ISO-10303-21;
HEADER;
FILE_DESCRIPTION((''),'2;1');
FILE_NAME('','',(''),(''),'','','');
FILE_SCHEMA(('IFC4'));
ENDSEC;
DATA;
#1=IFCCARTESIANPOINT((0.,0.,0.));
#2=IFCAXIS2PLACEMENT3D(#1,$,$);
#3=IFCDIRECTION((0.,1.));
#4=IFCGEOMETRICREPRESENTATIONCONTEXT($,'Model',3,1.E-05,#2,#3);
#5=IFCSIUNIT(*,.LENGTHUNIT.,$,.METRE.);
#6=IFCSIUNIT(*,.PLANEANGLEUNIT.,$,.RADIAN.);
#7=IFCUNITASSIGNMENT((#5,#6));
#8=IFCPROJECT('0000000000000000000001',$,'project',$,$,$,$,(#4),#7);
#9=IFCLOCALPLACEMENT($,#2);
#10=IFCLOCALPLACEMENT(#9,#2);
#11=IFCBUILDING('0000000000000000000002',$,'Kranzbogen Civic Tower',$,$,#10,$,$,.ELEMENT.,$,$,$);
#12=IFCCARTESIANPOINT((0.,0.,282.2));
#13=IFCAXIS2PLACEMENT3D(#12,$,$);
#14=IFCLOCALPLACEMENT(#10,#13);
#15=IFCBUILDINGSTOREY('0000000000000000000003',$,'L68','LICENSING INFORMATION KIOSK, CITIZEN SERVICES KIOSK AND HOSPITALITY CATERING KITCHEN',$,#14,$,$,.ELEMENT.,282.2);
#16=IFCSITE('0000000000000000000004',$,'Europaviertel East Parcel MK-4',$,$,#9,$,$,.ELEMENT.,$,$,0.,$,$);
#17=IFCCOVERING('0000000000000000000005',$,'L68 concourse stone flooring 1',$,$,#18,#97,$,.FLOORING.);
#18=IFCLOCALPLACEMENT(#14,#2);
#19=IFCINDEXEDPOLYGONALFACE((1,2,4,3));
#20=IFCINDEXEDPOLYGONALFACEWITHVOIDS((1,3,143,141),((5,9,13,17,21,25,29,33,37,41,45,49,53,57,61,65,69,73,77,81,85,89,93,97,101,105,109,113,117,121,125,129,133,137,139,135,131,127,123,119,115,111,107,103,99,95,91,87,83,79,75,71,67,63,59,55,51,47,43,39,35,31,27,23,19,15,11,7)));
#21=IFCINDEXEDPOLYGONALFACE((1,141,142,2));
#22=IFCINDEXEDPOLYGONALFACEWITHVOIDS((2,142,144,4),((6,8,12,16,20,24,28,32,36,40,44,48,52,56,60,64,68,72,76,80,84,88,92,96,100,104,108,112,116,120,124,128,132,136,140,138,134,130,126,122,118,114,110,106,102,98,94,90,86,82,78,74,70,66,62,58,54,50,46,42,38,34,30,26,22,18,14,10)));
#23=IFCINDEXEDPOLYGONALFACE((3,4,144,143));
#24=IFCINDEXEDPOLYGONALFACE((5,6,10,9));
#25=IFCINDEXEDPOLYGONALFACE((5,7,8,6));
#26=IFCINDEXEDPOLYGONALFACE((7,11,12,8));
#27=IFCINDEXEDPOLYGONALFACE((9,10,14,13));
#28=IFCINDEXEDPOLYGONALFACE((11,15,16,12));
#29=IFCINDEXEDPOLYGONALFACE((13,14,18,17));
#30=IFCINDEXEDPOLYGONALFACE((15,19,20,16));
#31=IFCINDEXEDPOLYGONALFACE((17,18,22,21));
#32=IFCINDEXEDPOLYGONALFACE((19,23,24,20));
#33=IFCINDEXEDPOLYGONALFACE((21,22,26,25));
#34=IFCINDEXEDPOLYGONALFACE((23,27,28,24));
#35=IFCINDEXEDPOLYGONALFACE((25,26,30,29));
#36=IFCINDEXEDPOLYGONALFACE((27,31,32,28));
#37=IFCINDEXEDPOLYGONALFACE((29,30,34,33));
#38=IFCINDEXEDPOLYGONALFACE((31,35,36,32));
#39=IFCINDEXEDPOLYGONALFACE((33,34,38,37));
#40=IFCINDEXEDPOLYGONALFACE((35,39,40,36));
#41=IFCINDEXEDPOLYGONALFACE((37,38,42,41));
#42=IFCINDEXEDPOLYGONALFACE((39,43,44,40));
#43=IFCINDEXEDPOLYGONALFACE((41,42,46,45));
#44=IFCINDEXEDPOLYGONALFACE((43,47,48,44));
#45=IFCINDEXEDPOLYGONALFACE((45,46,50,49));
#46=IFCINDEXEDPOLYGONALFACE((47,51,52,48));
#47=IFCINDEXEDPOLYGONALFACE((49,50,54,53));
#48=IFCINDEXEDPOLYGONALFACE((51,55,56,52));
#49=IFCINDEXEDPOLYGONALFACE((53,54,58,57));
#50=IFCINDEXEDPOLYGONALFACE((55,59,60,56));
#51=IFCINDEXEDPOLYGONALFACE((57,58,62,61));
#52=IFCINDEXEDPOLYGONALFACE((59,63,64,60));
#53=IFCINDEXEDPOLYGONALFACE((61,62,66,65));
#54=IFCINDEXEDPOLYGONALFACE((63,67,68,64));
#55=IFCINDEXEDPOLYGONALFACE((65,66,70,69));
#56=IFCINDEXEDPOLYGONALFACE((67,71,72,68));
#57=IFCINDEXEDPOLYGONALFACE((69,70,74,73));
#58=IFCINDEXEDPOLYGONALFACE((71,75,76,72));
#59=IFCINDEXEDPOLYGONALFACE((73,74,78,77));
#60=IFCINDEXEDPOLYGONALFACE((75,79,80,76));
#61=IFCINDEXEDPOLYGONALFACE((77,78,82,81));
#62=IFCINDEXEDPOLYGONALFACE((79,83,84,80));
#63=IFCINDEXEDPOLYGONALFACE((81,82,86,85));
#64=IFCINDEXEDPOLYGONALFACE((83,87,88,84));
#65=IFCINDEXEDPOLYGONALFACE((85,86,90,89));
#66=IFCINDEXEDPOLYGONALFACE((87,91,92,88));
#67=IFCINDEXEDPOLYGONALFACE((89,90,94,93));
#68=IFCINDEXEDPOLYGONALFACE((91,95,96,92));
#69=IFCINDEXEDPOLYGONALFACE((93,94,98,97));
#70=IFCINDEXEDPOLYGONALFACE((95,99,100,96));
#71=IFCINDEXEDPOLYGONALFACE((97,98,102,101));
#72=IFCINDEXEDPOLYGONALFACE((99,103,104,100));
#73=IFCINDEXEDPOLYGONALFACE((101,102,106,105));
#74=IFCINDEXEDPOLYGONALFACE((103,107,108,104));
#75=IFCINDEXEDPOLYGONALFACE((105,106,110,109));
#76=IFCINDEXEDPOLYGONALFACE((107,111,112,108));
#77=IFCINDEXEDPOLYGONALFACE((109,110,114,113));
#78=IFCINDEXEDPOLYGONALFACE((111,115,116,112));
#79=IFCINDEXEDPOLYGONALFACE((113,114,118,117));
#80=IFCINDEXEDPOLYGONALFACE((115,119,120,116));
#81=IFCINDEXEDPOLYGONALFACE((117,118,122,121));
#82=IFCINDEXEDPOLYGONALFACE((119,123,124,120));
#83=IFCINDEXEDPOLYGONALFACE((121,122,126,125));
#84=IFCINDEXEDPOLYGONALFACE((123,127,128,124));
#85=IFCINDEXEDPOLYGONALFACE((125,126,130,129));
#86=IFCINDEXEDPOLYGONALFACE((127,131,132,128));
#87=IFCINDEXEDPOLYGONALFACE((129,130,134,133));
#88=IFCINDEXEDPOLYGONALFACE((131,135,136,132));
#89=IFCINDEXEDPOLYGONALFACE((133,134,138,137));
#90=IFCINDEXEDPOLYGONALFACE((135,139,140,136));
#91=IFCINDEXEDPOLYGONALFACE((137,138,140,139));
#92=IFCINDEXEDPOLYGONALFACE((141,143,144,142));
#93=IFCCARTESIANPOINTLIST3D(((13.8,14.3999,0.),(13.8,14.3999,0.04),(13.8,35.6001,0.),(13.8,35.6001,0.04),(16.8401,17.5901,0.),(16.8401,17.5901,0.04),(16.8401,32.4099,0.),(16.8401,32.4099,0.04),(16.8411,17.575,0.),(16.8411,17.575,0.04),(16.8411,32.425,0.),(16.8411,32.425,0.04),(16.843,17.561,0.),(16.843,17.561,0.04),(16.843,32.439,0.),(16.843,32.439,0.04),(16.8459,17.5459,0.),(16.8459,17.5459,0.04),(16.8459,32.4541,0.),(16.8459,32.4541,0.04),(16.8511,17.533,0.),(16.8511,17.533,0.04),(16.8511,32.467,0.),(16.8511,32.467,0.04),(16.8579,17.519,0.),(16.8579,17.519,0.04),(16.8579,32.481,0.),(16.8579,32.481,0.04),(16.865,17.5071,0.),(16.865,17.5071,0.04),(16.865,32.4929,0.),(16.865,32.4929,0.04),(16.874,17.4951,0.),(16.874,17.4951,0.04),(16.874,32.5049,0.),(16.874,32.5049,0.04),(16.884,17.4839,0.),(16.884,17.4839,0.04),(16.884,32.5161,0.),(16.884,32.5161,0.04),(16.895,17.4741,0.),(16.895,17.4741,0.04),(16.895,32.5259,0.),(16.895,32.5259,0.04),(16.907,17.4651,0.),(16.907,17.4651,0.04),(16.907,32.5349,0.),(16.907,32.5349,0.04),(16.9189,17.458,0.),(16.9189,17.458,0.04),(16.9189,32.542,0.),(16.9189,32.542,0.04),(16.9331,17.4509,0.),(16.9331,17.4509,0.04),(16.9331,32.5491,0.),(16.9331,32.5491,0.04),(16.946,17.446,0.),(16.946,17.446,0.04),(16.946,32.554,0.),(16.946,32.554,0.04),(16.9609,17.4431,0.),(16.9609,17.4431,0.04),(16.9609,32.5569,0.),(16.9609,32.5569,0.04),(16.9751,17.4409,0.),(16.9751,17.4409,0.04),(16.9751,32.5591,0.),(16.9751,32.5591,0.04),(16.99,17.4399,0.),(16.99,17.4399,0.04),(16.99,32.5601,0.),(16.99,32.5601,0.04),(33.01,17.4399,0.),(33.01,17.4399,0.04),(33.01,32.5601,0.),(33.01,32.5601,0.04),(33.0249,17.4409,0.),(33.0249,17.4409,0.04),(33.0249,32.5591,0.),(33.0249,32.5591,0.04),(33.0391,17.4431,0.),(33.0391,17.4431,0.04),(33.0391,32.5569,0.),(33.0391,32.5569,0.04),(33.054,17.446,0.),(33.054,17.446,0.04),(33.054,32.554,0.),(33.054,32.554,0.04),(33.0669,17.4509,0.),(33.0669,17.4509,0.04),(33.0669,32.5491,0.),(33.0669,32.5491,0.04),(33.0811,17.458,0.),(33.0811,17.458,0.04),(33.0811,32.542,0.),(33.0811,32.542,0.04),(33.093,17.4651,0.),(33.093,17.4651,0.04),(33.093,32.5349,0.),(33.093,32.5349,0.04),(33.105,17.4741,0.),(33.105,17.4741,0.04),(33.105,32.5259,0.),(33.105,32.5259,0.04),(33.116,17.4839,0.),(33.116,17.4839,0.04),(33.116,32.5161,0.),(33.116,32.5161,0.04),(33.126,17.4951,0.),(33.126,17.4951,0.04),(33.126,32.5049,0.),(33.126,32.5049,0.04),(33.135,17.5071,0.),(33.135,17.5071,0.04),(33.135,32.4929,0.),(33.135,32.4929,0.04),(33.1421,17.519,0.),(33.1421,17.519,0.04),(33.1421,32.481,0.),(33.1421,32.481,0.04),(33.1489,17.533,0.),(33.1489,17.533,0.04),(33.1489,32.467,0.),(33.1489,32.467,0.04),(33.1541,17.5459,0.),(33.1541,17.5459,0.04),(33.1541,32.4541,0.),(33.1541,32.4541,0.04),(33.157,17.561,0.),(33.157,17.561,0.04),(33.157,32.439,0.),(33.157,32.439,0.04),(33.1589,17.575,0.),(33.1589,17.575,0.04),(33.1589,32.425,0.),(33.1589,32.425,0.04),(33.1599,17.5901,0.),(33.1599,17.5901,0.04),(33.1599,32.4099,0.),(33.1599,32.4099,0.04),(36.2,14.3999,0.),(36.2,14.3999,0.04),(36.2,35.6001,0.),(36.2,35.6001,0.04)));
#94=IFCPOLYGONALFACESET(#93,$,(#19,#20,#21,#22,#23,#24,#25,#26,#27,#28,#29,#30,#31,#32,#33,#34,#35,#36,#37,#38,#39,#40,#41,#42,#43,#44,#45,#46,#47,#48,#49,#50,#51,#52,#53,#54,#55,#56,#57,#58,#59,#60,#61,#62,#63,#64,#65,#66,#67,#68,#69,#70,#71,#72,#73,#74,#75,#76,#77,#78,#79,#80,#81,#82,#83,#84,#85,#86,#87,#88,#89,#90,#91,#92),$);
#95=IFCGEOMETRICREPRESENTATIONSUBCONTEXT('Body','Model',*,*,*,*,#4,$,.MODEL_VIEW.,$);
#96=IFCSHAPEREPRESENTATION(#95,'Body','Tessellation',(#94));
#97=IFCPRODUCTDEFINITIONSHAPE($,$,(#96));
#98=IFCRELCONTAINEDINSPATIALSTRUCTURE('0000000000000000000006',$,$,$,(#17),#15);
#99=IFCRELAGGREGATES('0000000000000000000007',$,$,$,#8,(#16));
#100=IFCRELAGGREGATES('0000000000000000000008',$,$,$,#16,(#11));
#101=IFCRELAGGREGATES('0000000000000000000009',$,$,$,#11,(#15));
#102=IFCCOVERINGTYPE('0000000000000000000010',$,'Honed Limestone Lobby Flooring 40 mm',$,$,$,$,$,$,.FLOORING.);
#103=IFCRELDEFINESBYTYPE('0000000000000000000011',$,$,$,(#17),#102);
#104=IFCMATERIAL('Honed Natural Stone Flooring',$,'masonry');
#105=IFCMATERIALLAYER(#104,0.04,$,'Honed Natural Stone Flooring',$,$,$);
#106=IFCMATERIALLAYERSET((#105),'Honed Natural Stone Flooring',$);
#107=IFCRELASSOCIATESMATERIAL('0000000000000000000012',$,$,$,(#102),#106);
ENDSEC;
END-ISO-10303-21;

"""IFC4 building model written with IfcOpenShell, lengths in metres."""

from ifc_helpers import new_model, si_unit, direction, frame, origin, place, context, subcontext, project, spatial, polyline, outline, extrude, material, layer, layer_set, type_object, element, save


model = new_model("IFC4")

# Units and contexts
model_context = context("Model", 3, precision=1e-05, world=origin(), true_north=direction((0.0, 1.0)))
body_context = subcontext(model_context, "Body", "Model", "MODEL_VIEW")
ifc_project = project(units=[si_unit("LENGTHUNIT", "METRE"), si_unit("PLANEANGLEUNIT", "RADIAN")], contexts=[model_context])

# Site, building, storey
site_placement = place(None, origin())
site = spatial("IfcSite", under=ifc_project, at=site_placement, Name="Europaviertel East Parcel MK-4", CompositionType="ELEMENT", RefElevation=0.0)
building_placement = place(site_placement, origin())
building = spatial("IfcBuilding", under=site, at=building_placement, Name="Kranzbogen Civic Tower", CompositionType="ELEMENT")
storey_placement = place(building_placement, frame((0.0, 0.0, 282.2)))
storey = spatial("IfcBuildingStorey", under=building, at=storey_placement, Name="L68", Description="LICENSING INFORMATION KIOSK, CITIZEN SERVICES KIOSK AND HOSPITALITY CATERING KITCHEN", CompositionType="ELEMENT", Elevation=282.2)

# Covering
ifc_material_1 = material(Name="Honed Natural Stone Flooring", Category="masonry")
ifc_layer_1 = layer(ifc_material_1, 0.04, Name="Honed Natural Stone Flooring")
ifc_layer_set_1 = layer_set([ifc_layer_1], Name="Honed Natural Stone Flooring")
covering_type_1 = type_object("IfcCoveringType", Name="Honed Limestone Lobby Flooring 40 mm", PredefinedType="FLOORING", material=ifc_layer_set_1)
covering_1_placement = place(storey_placement, origin())
element("IfcCovering", 1, at=covering_1_placement, inside=storey, type_object=covering_type_1, Name="L68 concourse stone flooring 1", PredefinedType="FLOORING", context=body_context, shape_type="SweptSolid", body=[
    extrude(outline(polyline([(13.8, 35.6001), (36.2, 35.6001), (36.2, 14.3999), (13.8, 14.3999), (13.8, 35.6001)]), holes=[polyline([(33.01, 32.5601), (33.0249, 32.5591), (33.0391, 32.5569), (33.054, 32.554), (33.0669, 32.5491), (33.0811, 32.542), (33.093, 32.5349), (33.105, 32.5259), (33.116, 32.5161), (33.126, 32.5049), (33.135, 32.4929), (33.1421, 32.481), (33.1489, 32.467), (33.1541, 32.4541), (33.157, 32.439), (33.1589, 32.425), (33.1599, 32.4099), (33.1599, 17.5901), (33.1589, 17.575), (33.157, 17.561), (33.1541, 17.5459), (33.1489, 17.533), (33.1421, 17.519), (33.135, 17.5071), (33.126, 17.4951), (33.116, 17.4839), (33.105, 17.4741), (33.093, 17.4651), (33.0811, 17.458), (33.0669, 17.4509), (33.054, 17.446), (33.0391, 17.4431), (33.0249, 17.4409), (33.01, 17.4399), (16.99, 17.4399), (16.9751, 17.4409), (16.9609, 17.4431), (16.946, 17.446), (16.9331, 17.4509), (16.9189, 17.458), (16.907, 17.4651), (16.895, 17.4741), (16.884, 17.4839), (16.874, 17.4951), (16.865, 17.5071), (16.8579, 17.519), (16.8511, 17.533), (16.8459, 17.5459), (16.843, 17.561), (16.8411, 17.575), (16.8401, 17.5901), (16.8401, 32.4099), (16.8411, 32.425), (16.843, 32.439), (16.8459, 32.4541), (16.8511, 32.467), (16.8579, 32.481), (16.865, 32.4929), (16.874, 32.5049), (16.884, 32.5161), (16.895, 32.5259), (16.907, 32.5349), (16.9189, 32.542), (16.9331, 32.5491), (16.946, 32.554), (16.9609, 32.5569), (16.9751, 32.5591), (16.99, 32.5601), (33.01, 32.5601)])]), origin(), (0.0, 0.0, 1.0), 0.04),
])

save(model, "model.ifc")
